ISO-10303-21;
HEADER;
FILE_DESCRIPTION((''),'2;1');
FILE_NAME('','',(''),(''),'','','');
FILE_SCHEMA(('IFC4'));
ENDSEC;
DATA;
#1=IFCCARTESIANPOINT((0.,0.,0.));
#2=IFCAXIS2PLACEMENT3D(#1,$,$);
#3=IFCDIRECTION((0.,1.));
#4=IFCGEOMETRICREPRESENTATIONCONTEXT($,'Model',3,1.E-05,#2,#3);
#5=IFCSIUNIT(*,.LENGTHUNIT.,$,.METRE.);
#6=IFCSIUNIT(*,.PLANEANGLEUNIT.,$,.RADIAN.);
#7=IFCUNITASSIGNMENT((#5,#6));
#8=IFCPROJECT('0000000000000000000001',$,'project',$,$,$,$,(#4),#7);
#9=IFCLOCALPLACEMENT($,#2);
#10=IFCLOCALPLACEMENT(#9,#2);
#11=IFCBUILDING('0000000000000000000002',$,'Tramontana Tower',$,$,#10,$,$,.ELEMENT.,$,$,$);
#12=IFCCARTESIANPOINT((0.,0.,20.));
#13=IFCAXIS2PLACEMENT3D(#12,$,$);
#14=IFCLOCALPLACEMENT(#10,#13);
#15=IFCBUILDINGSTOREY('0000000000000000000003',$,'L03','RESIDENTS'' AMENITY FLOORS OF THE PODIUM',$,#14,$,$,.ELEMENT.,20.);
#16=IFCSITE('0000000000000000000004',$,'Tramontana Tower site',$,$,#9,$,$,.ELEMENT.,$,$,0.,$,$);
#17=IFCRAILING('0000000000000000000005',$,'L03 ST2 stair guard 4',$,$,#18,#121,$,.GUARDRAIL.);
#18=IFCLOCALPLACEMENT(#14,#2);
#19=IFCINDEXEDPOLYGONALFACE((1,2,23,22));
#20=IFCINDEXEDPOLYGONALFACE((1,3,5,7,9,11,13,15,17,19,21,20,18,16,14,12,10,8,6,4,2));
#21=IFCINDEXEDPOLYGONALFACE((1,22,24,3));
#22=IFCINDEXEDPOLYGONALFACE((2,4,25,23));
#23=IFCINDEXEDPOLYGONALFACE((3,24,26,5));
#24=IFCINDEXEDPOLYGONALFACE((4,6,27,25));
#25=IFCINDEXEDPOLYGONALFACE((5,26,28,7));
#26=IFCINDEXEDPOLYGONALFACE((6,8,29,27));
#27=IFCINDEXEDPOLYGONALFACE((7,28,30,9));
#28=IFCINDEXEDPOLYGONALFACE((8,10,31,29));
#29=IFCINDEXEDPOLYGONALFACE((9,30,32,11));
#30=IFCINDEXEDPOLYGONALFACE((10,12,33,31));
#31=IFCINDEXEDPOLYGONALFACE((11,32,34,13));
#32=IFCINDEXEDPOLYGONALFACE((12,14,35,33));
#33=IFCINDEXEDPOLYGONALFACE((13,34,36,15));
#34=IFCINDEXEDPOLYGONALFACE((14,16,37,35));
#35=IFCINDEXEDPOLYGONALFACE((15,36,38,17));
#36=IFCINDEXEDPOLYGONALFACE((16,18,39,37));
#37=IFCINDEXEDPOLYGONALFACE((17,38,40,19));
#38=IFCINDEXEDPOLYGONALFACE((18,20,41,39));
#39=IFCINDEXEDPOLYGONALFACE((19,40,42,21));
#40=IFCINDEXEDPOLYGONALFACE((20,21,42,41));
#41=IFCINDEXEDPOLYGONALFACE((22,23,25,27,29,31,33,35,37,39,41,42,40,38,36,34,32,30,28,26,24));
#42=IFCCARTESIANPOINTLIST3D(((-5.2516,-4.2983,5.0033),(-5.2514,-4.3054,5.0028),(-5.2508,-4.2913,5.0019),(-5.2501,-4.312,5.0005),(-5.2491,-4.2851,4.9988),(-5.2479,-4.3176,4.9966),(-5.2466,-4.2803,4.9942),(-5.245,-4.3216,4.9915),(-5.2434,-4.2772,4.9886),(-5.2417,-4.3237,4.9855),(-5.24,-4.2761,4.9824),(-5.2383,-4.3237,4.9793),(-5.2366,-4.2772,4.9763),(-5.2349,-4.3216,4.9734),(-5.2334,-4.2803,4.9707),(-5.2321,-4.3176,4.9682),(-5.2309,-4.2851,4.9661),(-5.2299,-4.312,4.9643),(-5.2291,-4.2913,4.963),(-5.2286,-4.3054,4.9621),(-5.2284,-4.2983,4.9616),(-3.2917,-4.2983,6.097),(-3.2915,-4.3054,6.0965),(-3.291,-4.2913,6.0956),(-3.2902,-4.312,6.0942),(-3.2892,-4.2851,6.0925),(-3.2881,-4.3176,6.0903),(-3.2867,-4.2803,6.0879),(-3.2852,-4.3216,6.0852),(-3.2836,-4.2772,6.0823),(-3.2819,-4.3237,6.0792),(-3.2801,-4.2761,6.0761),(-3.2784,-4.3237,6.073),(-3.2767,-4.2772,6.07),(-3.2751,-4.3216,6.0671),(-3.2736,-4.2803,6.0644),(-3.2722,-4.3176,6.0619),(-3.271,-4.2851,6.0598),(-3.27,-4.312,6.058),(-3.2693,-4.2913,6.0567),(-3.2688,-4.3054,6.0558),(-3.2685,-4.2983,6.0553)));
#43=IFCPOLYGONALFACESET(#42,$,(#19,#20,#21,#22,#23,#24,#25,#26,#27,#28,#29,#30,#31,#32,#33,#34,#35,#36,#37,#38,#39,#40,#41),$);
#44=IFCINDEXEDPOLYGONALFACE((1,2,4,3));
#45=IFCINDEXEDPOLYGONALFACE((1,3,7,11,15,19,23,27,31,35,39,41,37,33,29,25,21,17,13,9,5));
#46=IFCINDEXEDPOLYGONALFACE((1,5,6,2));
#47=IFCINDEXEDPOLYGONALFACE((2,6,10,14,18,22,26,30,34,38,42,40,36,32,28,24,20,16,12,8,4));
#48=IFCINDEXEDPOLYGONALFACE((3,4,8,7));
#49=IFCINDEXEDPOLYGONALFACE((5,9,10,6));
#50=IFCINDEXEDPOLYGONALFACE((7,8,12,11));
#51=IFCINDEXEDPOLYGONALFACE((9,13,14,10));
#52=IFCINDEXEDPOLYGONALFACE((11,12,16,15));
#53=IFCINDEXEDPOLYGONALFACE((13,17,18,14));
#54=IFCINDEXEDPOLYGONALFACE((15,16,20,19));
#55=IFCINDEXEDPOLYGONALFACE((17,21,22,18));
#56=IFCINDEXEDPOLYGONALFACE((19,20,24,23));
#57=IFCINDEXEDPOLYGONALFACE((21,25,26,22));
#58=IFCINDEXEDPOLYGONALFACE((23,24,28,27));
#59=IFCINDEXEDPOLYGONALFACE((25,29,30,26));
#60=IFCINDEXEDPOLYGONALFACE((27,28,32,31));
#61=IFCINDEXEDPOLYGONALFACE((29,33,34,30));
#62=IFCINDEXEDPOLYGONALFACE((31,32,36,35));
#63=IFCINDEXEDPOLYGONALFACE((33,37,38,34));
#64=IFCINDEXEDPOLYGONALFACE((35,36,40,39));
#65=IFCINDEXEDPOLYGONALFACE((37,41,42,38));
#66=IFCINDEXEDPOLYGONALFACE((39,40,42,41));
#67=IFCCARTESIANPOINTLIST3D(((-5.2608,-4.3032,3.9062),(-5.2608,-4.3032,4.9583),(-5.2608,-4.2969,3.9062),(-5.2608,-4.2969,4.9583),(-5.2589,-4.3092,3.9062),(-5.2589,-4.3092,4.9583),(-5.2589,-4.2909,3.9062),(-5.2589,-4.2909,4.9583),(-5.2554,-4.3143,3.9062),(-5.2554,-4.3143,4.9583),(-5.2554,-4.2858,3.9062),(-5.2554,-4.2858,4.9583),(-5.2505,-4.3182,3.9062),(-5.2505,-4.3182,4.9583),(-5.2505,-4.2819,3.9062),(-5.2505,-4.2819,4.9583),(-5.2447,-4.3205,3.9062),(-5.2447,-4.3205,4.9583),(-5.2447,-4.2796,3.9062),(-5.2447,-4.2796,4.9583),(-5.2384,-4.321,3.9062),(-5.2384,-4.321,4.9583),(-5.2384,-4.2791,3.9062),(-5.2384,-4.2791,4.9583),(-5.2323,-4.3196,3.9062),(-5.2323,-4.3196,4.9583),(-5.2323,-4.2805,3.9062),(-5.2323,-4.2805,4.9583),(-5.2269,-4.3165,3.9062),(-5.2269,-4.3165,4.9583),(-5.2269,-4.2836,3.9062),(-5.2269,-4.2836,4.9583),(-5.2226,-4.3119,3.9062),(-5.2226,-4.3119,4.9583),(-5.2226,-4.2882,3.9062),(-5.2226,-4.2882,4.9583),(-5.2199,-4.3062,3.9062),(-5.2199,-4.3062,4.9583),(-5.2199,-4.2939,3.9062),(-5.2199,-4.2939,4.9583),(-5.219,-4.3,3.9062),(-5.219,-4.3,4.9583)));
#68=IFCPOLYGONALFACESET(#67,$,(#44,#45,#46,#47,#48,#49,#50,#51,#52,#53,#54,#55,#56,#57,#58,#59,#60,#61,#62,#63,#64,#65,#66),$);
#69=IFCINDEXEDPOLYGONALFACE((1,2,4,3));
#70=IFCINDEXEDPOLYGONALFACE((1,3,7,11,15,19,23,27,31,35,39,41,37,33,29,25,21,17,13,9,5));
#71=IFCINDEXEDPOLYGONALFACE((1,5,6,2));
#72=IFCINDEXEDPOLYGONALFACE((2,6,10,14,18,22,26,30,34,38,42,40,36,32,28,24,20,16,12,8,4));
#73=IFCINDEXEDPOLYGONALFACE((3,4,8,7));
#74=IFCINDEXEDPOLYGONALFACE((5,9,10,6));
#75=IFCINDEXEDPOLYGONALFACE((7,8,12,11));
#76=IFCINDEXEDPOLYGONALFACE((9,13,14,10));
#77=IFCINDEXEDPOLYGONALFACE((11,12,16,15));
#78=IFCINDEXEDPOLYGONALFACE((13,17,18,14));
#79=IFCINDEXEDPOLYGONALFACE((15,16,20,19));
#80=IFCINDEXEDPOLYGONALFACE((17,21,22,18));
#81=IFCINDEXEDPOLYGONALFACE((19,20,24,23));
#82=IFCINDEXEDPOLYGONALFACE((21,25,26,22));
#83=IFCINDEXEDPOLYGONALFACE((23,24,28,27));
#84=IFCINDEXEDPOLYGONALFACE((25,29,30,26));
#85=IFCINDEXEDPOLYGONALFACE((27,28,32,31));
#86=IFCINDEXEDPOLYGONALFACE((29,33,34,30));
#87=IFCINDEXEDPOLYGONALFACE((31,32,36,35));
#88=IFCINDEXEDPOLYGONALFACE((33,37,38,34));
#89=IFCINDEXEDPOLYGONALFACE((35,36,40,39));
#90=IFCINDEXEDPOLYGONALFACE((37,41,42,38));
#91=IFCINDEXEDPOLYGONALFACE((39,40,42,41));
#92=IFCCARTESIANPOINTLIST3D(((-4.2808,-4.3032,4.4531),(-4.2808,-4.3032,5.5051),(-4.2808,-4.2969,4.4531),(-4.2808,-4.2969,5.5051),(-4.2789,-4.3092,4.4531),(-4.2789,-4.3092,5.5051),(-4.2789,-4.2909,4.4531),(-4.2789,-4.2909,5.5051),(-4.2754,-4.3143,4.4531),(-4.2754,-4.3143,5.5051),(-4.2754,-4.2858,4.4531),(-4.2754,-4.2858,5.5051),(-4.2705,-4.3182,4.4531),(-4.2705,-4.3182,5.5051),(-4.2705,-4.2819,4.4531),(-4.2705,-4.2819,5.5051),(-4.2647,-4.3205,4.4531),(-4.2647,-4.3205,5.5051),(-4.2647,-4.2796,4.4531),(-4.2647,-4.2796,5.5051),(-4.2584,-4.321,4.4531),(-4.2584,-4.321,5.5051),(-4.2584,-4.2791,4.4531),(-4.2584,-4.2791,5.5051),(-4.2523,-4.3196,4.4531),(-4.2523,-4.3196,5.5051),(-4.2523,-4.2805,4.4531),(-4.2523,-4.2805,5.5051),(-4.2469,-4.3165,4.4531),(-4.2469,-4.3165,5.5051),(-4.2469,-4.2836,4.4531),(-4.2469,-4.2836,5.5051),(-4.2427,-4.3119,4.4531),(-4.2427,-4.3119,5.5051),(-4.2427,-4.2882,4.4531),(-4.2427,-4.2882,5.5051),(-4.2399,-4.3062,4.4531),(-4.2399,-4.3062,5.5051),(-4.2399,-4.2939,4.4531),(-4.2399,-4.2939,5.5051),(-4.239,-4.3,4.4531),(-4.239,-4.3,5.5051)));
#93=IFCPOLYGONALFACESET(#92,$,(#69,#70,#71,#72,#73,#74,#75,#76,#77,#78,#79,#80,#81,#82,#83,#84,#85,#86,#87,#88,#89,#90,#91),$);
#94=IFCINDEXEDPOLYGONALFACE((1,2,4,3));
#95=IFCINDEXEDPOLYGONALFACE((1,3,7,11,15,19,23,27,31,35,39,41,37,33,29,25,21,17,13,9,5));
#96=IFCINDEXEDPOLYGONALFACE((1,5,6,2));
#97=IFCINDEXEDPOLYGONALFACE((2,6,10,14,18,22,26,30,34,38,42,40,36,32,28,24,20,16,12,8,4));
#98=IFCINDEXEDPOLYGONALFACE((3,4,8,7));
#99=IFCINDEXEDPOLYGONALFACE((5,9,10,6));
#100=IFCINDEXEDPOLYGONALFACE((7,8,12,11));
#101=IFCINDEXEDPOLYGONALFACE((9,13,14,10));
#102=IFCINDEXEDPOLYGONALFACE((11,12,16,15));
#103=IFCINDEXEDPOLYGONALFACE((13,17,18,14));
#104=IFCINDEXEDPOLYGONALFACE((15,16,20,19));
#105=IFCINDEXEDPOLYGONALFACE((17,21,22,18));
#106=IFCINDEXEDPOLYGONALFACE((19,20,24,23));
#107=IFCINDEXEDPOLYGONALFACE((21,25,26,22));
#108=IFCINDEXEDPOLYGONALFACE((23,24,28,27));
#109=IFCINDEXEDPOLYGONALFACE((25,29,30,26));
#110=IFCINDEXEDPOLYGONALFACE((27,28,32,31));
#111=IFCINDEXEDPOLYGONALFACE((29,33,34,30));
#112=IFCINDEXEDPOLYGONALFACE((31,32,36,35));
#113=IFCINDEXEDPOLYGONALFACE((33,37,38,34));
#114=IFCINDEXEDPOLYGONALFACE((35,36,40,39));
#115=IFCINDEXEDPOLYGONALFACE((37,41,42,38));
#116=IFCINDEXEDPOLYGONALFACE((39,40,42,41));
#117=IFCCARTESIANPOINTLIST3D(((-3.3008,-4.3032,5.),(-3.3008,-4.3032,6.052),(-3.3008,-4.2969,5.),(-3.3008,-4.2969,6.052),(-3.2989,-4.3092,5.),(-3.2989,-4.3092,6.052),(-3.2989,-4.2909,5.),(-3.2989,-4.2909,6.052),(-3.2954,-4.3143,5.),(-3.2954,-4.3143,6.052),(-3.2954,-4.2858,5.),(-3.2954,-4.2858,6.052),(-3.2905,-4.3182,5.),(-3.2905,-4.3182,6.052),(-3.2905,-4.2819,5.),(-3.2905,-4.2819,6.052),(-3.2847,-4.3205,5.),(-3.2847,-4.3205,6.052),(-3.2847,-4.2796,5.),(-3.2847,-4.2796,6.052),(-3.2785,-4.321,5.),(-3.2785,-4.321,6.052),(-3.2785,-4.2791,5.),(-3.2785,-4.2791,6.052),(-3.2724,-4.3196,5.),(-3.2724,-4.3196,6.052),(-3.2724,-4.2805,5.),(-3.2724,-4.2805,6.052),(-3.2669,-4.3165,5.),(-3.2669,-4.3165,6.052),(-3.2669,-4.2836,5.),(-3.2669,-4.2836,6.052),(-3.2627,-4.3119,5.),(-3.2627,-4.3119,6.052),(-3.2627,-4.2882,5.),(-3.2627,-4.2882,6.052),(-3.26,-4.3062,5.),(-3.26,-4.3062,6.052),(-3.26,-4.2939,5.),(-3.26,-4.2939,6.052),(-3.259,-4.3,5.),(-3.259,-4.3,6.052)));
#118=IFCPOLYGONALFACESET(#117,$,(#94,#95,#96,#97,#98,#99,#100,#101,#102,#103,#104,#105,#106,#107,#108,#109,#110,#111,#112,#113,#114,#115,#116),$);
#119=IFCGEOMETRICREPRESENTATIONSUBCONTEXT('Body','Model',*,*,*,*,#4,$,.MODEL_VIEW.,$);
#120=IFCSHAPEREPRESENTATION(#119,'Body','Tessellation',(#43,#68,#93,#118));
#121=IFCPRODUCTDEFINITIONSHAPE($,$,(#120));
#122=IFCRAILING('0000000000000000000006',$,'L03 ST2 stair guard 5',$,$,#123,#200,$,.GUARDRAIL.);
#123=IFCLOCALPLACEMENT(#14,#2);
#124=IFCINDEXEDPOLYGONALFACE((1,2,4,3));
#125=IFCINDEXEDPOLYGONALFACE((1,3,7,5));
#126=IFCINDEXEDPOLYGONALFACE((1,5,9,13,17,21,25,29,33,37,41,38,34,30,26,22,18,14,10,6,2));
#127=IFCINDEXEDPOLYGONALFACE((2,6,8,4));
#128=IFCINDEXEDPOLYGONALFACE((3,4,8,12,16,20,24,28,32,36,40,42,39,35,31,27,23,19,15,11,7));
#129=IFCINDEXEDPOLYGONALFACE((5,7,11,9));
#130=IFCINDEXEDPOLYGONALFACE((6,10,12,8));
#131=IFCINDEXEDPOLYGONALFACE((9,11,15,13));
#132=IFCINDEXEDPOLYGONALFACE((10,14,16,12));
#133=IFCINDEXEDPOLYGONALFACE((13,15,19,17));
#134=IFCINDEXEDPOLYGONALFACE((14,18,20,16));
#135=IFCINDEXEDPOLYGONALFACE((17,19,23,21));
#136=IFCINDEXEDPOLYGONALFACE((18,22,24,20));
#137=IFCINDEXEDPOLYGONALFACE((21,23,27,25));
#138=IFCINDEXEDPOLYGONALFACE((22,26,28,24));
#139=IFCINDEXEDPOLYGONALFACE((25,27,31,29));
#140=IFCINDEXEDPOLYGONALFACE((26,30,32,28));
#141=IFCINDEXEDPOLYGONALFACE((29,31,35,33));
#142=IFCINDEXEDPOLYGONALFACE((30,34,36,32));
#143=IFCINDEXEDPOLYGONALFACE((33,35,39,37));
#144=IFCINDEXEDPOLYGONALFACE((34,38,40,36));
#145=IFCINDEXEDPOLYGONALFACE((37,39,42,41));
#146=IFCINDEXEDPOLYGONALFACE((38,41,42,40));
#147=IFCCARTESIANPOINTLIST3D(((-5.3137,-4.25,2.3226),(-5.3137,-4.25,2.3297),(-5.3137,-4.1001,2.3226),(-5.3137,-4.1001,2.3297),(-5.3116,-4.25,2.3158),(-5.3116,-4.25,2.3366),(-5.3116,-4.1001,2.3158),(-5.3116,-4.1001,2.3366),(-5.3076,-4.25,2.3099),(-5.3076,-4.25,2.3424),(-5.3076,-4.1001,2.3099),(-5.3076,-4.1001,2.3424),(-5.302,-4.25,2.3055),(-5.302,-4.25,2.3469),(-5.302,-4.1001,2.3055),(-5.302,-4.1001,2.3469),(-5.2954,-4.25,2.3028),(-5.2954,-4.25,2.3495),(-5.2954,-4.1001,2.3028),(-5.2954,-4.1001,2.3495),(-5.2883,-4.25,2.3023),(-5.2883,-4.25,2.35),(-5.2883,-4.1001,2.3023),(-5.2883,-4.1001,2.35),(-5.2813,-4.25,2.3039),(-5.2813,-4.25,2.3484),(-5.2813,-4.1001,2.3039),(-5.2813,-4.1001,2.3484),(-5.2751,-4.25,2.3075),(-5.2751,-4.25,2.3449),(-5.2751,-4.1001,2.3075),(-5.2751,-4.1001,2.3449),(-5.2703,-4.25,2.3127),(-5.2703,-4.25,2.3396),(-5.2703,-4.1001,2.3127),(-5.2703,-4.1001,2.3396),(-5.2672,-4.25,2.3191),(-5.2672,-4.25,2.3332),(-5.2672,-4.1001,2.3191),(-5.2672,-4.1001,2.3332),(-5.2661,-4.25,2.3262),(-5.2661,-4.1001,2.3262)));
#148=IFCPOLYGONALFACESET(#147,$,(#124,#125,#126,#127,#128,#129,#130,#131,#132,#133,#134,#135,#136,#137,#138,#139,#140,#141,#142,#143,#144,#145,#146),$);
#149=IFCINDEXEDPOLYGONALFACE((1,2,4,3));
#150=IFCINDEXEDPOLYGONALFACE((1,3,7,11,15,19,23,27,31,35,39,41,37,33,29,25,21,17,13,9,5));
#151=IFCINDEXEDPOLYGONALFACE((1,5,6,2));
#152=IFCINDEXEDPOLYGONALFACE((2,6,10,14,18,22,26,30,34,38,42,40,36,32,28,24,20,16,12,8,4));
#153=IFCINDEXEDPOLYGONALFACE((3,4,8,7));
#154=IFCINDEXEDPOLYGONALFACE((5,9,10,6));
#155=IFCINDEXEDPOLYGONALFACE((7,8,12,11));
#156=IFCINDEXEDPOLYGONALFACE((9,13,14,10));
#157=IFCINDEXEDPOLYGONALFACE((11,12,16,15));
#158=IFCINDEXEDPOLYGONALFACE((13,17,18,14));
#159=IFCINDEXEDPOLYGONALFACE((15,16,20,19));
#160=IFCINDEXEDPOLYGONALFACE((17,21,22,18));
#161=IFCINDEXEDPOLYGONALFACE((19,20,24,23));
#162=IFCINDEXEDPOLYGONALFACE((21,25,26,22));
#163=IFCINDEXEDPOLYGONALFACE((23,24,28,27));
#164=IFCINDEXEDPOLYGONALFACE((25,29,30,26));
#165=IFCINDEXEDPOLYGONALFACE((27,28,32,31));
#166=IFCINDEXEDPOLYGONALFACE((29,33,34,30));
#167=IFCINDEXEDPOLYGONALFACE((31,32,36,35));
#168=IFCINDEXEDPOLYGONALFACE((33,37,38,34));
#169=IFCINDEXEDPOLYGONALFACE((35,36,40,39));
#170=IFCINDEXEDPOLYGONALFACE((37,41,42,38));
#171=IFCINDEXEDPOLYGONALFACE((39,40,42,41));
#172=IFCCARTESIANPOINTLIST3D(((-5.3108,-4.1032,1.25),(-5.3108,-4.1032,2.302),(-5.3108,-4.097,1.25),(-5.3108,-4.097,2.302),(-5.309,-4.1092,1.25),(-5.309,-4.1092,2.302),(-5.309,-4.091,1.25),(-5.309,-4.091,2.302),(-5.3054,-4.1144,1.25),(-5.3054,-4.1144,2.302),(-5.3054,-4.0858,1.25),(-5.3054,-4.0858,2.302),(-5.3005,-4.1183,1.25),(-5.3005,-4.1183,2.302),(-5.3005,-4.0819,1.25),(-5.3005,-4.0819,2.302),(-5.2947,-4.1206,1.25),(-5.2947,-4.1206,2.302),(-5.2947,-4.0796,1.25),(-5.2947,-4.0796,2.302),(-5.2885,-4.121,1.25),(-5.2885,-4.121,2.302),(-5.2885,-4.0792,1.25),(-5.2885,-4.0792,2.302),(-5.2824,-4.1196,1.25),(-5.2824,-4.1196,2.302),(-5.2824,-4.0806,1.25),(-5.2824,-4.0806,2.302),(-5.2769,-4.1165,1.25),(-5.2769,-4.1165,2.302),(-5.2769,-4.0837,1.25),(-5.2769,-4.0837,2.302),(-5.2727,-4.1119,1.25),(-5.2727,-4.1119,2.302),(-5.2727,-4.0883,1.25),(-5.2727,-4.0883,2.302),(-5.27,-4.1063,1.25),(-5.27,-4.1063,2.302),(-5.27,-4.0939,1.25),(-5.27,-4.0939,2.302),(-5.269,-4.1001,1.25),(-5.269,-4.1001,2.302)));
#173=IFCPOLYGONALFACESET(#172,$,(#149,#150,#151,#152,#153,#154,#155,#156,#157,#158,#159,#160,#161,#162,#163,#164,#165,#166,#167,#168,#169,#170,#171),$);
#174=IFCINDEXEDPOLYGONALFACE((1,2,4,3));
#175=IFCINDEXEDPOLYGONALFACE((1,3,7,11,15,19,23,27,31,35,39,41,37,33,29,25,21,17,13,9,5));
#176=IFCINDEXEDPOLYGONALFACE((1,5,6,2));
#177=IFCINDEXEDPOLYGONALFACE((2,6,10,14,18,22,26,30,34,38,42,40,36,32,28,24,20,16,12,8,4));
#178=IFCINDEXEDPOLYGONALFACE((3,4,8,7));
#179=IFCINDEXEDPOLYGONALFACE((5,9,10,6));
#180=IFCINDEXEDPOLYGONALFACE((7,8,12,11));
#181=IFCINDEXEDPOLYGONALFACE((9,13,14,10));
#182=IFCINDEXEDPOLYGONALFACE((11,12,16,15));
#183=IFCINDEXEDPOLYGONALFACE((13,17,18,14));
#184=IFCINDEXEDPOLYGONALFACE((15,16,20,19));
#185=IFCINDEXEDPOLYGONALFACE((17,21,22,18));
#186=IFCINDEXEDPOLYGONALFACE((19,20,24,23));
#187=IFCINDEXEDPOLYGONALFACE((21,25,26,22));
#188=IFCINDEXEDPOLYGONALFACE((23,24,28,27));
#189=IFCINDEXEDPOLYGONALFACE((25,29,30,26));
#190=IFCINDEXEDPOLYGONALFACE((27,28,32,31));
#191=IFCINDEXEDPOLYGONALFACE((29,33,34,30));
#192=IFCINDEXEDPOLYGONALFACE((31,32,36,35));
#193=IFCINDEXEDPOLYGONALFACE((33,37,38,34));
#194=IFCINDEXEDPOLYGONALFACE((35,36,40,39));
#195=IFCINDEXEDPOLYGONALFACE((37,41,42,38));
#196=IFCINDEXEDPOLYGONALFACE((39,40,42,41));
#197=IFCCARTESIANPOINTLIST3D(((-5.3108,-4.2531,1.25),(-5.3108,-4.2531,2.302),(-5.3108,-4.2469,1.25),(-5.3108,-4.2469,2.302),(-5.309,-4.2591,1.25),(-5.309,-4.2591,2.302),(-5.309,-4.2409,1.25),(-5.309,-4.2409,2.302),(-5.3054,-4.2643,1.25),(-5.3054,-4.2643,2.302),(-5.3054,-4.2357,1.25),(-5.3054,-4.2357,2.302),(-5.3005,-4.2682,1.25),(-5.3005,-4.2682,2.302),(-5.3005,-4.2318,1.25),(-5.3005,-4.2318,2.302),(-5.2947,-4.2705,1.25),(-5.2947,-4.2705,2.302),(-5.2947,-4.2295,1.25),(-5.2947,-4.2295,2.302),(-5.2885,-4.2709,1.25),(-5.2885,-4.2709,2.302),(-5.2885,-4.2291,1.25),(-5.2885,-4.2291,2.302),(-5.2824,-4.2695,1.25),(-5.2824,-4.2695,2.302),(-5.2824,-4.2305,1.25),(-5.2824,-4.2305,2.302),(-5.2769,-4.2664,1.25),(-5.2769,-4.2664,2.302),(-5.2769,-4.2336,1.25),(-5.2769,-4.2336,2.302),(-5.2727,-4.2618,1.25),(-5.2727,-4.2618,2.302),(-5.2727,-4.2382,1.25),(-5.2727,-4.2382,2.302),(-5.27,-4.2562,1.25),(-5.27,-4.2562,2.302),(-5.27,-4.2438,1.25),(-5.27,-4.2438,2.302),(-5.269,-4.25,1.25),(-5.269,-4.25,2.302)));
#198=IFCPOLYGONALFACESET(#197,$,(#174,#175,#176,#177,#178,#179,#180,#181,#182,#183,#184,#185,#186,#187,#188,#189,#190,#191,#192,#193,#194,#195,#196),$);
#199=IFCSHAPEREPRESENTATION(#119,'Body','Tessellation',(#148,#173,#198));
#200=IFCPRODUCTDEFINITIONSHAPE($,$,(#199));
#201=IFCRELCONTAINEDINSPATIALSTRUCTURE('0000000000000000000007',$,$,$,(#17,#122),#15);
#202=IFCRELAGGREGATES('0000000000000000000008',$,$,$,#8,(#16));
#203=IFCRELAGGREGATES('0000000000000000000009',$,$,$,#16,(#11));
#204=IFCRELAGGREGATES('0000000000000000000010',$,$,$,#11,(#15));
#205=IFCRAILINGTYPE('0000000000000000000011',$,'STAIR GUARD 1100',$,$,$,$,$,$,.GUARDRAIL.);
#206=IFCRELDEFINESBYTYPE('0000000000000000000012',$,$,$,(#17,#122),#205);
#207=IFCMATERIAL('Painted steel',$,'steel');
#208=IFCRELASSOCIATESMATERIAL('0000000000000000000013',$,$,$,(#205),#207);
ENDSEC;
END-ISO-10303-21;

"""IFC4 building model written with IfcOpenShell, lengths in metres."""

from ifc_helpers import new_model, si_unit, direction, frame, origin, origin_2d, place, context, subcontext, project, spatial, circle, extrude, material, type_object, element, save


model = new_model("IFC4")

# Units and contexts
model_context = context("Model", 3, precision=1e-05, world=origin(), true_north=direction((0.0, 1.0)))
body_context = subcontext(model_context, "Body", "Model", "MODEL_VIEW")
ifc_project = project(units=[si_unit("LENGTHUNIT", "METRE"), si_unit("PLANEANGLEUNIT", "RADIAN")], contexts=[model_context])

# Site, building, storey
site_placement = place(None, origin())
site = spatial("IfcSite", under=ifc_project, at=site_placement, Name="Tramontana Tower site", CompositionType="ELEMENT", RefElevation=0.0)
building_placement = place(site_placement, origin())
building = spatial("IfcBuilding", under=site, at=building_placement, Name="Tramontana Tower", CompositionType="ELEMENT")
storey_placement = place(building_placement, frame((0.0, 0.0, 20.0)))
storey = spatial("IfcBuildingStorey", under=building, at=storey_placement, Name="L03", Description="RESIDENTS' AMENITY FLOORS OF THE PODIUM", CompositionType="ELEMENT", Elevation=20.0)

# Railings
ifc_material_1 = material(Name="Painted steel", Category="steel")
railing_type_1 = type_object("IfcRailingType", Name="STAIR GUARD 1100", PredefinedType="GUARDRAIL", material=ifc_material_1)
railing_1_placement = place(storey_placement, frame((-5.24, -4.3, 3.9062)))
element("IfcRailing", 1, at=railing_1_placement, inside=storey, type_object=railing_type_1, Name="L03 ST2 stair guard 4", PredefinedType="GUARDRAIL", context=body_context, shape_type="SweptSolid", body=[
    extrude(circle(Radius=0.0239, at=origin_2d()), frame((0.0, 0.0, 1.0762), z_axis=(0.873232, 0.0, 0.487304), x_axis=(0.0, 1.0, 0.0)), (0.0, 0.0, 1.0), 2.2444),
    extrude(circle(Radius=0.021, at=origin_2d()), origin(), (0.0, 0.0, 1.0), 1.052),
    extrude(circle(Radius=0.021, at=origin_2d()), frame((0.98, 0.0, 0.5469)), (0.0, 0.0, 1.0), 1.052),
    extrude(circle(Radius=0.021, at=origin_2d()), frame((1.96, 0.0, 1.0938)), (0.0, 0.0, 1.0), 1.052),
])
for number, where, name in (
    (2, (-5.29, -4.1001, 1.25), "L03 ST2 stair guard 5"),
):
    element("IfcRailing", number, at=place(storey_placement, frame(where)), inside=storey, type_object=railing_type_1, Name=name, PredefinedType="GUARDRAIL", context=body_context, shape_type="SweptSolid", body=[
        extrude(circle(Radius=0.0239, at=origin_2d()), frame((0.0, 0.0, 1.0762), z_axis=(0.0, -1.0, 0.0), x_axis=(1.0, 0.0, 0.0)), (0.0, 0.0, 1.0), 0.1499),
        extrude(circle(Radius=0.021, at=origin_2d()), origin(), (0.0, 0.0, 1.0), 1.052),
        extrude(circle(Radius=0.021, at=origin_2d()), frame((0.0, -0.1499, 0.0)), (0.0, 0.0, 1.0), 1.052),
    ])

save(model, "model.ifc")
